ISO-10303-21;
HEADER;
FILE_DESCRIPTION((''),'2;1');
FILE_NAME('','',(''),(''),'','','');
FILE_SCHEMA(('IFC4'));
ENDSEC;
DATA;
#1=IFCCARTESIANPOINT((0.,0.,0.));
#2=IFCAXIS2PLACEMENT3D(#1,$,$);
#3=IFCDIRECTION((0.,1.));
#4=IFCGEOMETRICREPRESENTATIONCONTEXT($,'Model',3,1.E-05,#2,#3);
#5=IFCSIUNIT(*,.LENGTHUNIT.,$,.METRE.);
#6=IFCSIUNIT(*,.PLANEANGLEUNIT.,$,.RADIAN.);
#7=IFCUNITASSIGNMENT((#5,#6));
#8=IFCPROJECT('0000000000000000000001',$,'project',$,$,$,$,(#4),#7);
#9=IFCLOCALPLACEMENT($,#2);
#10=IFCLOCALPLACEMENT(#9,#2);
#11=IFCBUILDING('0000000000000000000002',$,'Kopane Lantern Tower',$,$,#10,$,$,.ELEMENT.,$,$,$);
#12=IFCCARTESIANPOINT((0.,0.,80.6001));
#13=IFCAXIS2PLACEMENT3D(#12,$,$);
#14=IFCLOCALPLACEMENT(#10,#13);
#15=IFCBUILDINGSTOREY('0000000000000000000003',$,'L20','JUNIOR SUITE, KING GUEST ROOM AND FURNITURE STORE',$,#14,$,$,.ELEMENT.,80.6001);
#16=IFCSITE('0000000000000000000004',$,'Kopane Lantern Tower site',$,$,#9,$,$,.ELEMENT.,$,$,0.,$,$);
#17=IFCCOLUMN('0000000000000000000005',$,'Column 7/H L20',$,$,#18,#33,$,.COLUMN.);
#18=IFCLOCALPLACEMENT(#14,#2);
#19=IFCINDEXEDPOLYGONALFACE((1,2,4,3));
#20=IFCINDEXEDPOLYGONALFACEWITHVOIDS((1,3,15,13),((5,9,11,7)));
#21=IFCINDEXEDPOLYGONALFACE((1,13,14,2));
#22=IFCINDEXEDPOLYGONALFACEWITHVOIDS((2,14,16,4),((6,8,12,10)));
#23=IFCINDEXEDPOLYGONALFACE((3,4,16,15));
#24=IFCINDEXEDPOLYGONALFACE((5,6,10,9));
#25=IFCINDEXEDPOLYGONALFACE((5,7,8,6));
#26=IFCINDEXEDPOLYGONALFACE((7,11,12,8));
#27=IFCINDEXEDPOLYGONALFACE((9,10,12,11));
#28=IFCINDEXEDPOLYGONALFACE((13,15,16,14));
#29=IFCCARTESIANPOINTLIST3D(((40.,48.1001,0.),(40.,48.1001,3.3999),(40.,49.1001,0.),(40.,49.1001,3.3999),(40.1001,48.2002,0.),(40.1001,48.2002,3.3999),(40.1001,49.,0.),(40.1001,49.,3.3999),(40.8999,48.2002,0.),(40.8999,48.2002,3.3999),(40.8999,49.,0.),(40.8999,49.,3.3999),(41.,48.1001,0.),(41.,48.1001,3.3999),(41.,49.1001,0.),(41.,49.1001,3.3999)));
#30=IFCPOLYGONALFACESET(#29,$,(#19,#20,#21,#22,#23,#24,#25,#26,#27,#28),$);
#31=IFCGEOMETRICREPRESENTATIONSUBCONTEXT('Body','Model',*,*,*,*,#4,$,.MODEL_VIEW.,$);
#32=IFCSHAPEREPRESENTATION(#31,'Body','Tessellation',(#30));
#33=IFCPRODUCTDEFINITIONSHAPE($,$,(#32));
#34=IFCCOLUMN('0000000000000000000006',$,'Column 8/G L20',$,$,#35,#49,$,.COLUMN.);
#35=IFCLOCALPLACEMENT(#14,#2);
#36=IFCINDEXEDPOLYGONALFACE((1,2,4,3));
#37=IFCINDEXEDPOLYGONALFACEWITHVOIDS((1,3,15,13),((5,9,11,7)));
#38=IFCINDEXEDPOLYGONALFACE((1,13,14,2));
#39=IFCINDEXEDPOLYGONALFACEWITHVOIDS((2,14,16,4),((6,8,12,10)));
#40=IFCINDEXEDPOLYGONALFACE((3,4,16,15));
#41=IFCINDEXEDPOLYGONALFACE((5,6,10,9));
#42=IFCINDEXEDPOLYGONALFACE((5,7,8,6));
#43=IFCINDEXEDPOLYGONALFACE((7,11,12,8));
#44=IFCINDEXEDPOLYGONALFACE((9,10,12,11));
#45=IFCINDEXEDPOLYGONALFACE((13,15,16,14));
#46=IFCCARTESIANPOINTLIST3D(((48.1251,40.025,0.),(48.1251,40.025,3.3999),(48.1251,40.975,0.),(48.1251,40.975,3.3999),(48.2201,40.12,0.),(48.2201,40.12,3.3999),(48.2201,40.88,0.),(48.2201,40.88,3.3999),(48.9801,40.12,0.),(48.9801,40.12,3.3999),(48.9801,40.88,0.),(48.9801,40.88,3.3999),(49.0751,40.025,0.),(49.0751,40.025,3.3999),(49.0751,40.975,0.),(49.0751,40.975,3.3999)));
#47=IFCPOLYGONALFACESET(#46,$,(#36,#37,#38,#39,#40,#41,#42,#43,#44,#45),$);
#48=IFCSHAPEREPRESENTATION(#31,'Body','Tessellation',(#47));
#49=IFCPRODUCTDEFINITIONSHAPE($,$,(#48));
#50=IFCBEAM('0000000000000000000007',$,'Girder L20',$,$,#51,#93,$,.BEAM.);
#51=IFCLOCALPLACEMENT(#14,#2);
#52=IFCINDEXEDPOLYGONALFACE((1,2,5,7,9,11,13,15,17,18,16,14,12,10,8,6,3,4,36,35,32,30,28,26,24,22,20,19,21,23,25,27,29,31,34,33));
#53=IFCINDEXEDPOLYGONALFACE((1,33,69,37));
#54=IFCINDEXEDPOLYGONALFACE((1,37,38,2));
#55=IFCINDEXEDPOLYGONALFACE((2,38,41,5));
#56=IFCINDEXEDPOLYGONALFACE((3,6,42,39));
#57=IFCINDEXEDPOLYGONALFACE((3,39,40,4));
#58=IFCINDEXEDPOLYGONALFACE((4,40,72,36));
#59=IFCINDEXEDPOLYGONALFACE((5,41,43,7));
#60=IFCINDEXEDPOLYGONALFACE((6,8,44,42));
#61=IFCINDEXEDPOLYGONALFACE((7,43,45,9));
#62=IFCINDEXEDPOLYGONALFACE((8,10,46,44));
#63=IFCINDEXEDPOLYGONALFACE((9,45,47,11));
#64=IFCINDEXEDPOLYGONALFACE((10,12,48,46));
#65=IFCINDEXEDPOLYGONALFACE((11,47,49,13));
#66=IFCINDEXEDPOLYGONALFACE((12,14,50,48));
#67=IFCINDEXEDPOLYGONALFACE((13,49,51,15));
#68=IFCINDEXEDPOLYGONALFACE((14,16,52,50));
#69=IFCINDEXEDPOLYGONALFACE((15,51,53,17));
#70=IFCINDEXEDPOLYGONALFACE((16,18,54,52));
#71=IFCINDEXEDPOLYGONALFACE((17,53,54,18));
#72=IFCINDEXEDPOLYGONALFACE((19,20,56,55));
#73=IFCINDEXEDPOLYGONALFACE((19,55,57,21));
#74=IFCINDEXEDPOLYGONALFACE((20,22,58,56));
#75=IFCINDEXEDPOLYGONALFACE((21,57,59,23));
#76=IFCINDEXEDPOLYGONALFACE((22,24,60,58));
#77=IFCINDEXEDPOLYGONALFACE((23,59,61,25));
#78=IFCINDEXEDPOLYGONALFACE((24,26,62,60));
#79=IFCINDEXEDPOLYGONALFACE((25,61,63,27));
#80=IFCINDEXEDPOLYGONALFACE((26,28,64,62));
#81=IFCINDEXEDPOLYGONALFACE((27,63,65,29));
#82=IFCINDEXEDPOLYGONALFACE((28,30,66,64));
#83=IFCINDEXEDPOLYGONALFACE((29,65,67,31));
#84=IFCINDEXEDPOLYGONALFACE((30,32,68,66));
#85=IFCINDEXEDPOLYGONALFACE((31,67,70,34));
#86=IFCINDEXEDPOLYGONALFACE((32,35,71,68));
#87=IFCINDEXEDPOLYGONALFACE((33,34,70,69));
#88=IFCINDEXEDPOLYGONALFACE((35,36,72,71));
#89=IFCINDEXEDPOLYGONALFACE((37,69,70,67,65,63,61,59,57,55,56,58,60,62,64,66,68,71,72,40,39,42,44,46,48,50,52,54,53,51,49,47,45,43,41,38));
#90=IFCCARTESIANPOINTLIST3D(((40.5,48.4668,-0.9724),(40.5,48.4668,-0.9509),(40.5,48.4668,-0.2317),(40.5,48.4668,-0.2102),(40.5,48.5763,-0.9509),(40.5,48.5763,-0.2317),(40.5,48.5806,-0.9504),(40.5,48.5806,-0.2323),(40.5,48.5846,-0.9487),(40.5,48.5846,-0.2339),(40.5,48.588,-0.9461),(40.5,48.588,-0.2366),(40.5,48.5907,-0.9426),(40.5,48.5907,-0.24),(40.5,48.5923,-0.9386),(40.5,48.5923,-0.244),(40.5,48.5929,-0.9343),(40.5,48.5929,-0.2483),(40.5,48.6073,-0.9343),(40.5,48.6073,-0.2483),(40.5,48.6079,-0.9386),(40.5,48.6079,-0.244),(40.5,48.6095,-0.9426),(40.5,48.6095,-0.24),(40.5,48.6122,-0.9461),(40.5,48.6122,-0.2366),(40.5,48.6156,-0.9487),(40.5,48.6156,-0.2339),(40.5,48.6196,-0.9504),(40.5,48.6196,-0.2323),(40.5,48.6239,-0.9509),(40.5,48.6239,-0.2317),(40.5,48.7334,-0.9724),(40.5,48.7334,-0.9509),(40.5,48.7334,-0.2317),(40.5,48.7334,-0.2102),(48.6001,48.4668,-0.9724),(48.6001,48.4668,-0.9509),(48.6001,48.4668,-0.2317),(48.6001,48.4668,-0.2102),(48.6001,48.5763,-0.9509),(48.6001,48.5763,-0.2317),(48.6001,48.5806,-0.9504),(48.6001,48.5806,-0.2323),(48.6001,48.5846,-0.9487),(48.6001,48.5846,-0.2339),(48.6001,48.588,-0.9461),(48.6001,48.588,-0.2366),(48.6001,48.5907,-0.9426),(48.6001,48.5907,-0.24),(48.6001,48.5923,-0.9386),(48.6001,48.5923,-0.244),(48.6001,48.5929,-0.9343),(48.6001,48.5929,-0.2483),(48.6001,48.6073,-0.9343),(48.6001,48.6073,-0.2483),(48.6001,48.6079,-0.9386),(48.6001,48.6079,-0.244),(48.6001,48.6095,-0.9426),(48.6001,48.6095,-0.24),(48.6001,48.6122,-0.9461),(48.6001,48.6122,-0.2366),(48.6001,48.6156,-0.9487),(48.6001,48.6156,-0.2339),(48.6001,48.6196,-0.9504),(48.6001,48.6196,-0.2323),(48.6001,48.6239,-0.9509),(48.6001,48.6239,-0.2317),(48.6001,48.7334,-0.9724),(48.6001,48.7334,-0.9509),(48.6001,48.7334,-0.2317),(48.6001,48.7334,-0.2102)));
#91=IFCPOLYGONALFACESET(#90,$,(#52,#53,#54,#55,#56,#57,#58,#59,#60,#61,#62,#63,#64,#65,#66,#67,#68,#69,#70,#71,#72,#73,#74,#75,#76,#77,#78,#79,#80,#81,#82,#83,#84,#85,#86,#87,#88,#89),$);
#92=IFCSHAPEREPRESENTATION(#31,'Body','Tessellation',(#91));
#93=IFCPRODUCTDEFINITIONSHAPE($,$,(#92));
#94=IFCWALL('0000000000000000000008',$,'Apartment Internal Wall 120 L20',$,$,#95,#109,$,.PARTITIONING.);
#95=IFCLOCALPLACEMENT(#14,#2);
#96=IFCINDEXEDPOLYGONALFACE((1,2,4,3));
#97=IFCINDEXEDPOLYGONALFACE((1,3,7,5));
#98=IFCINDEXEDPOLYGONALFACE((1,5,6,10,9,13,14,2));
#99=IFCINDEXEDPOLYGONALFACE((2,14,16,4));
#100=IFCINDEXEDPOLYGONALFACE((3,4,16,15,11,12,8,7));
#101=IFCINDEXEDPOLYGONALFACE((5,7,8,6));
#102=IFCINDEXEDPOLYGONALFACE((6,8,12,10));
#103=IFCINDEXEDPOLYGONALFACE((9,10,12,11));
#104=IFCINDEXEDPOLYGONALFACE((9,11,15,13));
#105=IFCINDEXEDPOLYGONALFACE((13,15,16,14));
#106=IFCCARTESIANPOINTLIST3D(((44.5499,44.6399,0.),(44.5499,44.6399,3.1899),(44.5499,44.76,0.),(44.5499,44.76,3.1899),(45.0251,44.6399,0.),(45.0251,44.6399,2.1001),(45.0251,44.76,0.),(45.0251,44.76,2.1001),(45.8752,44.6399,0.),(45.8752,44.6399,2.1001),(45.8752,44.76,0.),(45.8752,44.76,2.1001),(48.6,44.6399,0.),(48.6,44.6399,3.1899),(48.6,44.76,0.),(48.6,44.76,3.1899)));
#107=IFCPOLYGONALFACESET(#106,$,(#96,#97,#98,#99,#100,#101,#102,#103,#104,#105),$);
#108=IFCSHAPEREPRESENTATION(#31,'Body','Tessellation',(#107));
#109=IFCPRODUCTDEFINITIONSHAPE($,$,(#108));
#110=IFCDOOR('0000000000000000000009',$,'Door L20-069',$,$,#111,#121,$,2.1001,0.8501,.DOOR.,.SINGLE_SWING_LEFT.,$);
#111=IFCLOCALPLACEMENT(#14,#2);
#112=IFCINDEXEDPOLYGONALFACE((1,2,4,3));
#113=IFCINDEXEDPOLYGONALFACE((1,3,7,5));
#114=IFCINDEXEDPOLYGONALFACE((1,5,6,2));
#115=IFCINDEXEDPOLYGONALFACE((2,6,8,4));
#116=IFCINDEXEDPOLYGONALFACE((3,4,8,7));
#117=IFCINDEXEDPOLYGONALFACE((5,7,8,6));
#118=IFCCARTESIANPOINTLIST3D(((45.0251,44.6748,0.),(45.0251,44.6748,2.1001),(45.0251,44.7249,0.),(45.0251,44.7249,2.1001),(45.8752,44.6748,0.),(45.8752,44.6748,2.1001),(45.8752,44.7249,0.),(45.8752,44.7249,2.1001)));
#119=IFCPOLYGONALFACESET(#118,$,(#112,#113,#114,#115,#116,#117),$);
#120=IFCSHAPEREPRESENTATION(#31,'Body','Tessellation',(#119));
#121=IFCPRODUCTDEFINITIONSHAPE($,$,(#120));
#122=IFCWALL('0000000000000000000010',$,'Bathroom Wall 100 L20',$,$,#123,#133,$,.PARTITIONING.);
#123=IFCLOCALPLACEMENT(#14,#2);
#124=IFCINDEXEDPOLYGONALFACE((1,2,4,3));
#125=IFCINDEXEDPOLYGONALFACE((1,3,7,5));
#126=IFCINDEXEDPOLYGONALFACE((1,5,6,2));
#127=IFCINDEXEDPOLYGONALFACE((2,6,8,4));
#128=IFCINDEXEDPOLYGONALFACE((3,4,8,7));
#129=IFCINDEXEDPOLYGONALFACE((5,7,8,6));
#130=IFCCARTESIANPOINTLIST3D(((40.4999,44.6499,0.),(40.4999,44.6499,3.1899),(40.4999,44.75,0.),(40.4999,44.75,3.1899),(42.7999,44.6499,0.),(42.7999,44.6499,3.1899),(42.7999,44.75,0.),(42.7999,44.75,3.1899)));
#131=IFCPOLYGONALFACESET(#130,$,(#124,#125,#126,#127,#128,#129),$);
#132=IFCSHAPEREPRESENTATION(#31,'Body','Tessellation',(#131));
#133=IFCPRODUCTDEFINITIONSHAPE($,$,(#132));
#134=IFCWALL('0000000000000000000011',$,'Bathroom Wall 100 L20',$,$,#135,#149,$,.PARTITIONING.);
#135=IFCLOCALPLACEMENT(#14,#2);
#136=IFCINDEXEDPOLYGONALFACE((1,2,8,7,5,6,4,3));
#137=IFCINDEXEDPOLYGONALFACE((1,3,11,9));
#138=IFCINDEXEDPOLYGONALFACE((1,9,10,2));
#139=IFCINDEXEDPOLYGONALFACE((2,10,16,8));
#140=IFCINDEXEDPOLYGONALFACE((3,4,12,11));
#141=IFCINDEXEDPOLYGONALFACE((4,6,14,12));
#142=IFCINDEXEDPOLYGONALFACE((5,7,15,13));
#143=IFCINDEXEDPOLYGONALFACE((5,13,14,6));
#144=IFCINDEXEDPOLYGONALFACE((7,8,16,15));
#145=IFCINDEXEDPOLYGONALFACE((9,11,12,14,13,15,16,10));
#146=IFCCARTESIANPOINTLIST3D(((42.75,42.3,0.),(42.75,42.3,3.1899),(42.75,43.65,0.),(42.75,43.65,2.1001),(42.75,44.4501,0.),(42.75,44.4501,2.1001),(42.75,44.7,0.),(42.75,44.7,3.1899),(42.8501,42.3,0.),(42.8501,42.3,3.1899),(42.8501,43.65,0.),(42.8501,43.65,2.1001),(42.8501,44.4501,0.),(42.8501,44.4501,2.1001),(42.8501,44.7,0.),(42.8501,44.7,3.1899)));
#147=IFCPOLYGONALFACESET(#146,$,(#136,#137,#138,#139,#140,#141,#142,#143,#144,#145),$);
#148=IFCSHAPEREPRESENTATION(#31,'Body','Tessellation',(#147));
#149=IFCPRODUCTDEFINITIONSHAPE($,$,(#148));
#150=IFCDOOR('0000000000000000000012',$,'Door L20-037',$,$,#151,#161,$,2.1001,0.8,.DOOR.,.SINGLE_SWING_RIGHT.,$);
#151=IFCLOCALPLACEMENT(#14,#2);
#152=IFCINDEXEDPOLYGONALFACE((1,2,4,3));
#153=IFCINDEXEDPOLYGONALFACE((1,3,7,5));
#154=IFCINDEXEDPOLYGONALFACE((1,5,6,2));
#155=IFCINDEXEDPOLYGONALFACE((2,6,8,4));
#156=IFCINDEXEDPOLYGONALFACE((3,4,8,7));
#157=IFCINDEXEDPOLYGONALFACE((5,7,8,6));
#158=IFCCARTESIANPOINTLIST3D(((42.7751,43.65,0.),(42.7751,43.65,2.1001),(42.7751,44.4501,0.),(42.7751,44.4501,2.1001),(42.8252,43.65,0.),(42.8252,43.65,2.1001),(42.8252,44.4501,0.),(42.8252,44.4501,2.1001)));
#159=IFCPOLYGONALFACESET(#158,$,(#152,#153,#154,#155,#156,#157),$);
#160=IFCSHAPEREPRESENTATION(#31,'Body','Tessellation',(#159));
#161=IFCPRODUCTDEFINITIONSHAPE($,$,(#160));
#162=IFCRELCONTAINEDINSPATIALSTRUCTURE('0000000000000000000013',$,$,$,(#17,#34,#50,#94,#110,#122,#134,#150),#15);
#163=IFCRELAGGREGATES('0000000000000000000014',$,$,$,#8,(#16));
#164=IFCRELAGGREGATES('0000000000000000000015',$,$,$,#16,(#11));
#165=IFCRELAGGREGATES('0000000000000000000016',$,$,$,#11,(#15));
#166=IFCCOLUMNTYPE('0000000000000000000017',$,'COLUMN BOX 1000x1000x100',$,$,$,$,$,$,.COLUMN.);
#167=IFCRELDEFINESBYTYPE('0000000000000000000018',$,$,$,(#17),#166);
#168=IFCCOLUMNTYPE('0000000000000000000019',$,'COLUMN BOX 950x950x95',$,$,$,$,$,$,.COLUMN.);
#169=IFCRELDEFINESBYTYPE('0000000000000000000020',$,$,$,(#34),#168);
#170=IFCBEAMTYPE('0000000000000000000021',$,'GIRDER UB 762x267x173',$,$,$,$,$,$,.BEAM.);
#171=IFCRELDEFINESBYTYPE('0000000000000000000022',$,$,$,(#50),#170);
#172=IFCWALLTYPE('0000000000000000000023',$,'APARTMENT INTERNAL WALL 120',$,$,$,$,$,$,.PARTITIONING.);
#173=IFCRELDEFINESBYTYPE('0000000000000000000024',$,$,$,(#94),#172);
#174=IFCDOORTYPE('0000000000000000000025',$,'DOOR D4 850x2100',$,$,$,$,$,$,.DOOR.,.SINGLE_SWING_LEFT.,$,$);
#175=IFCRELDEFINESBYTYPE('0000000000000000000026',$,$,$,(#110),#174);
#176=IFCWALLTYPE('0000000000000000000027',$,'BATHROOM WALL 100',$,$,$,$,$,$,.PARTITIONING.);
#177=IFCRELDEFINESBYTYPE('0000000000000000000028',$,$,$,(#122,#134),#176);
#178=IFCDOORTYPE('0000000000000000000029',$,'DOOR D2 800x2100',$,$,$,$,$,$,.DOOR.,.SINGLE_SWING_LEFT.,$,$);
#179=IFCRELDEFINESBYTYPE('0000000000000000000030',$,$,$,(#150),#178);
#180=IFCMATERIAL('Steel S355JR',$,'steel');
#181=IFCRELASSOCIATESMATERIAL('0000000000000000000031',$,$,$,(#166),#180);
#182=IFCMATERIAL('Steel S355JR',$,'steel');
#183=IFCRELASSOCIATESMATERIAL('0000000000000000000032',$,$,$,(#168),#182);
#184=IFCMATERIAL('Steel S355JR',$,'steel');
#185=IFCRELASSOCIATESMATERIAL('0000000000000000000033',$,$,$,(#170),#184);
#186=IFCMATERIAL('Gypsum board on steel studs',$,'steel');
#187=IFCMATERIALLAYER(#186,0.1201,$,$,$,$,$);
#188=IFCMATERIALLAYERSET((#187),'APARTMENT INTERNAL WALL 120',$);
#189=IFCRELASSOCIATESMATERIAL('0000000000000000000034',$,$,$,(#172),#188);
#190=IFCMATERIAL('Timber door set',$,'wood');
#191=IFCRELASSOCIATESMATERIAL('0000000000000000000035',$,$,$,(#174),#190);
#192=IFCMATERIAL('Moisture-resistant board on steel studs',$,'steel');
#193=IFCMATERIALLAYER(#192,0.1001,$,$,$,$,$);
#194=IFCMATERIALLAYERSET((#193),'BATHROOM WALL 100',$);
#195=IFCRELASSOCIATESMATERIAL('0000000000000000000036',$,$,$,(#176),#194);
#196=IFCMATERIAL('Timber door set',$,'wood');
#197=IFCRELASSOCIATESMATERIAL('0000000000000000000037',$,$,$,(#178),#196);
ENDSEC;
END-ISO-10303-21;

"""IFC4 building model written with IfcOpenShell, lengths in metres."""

from ifc_helpers import new_model, si_unit, direction, frame, frame_2d, origin, origin_2d, place, context, subcontext, project, spatial, rectangle, hollow_rectangle, i_section, extrude, material, layer, layer_set, material_profile, profile_set, type_object, element, fill, save


model = new_model("IFC4")

# Units and contexts
model_context = context("Model", 3, precision=1e-05, world=origin(), true_north=direction((0.0, 1.0)))
body_context = subcontext(model_context, "Body", "Model", "MODEL_VIEW")
ifc_project = project(units=[si_unit("LENGTHUNIT", "METRE"), si_unit("PLANEANGLEUNIT", "RADIAN")], contexts=[model_context])

# Site, building, storey
site_placement = place(None, origin())
site = spatial("IfcSite", under=ifc_project, at=site_placement, Name="Kopane Lantern Tower site", CompositionType="ELEMENT", RefElevation=0.0)
building_placement = place(site_placement, origin())
building = spatial("IfcBuilding", under=site, at=building_placement, Name="Kopane Lantern Tower", CompositionType="ELEMENT")
storey_placement = place(building_placement, frame((0.0, 0.0, 80.6001)))
storey = spatial("IfcBuildingStorey", under=building, at=storey_placement, Name="L20", Description="JUNIOR SUITE, KING GUEST ROOM AND FURNITURE STORE", CompositionType="ELEMENT", Elevation=80.6001)

# Columns
ifc_material_1 = material(Name="Steel S355JR", Category="steel")
ifc_material_profile_1 = material_profile(ifc_material_1, hollow_rectangle(XDim=1.0, YDim=1.0, WallThickness=0.1001, at=origin_2d()), Name="BOX 1000x1000x100")
ifc_profile_set_1 = profile_set([ifc_material_profile_1], Name="Steel S355JR")
column_type_1 = type_object("IfcColumnType", Name="COLUMN BOX 1000x1000x100", PredefinedType="COLUMN", material=ifc_profile_set_1)
column_1_placement = place(storey_placement, frame((40.5, 48.6001, 0.0), z_axis=(0.0, 0.0, 1.0), x_axis=(1.0, 0.0, 0.0)))
element("IfcColumn", 1, at=column_1_placement, inside=storey, type_object=column_type_1, Name="Column 7/H L20", PredefinedType="COLUMN", context=body_context, shape_type="SweptSolid", body=[
    extrude(hollow_rectangle(XDim=1.0, YDim=1.0, WallThickness=0.1001, at=origin_2d()), origin(), (0.0, 0.0, 1.0), 3.3999),
])
ifc_material_2 = material(Name="Steel S355JR", Category="steel")
ifc_material_profile_2 = material_profile(ifc_material_2, hollow_rectangle(XDim=0.95, YDim=0.95, WallThickness=0.095, at=origin_2d()), Name="BOX 950x950x95")
ifc_profile_set_2 = profile_set([ifc_material_profile_2], Name="Steel S355JR")
column_type_2 = type_object("IfcColumnType", Name="COLUMN BOX 950x950x95", PredefinedType="COLUMN", material=ifc_profile_set_2)
column_2_placement = place(storey_placement, frame((48.6001, 40.5, 0.0), z_axis=(0.0, 0.0, 1.0), x_axis=(1.0, 0.0, 0.0)))
element("IfcColumn", 2, at=column_2_placement, inside=storey, type_object=column_type_2, Name="Column 8/G L20", PredefinedType="COLUMN", context=body_context, shape_type="SweptSolid", body=[
    extrude(hollow_rectangle(XDim=0.95, YDim=0.95, WallThickness=0.095, at=origin_2d()), origin(), (0.0, 0.0, 1.0), 3.3999),
])

# Beam
ifc_material_3 = material(Name="Steel S355JR", Category="steel")
ifc_material_profile_3 = material_profile(ifc_material_3, i_section(OverallWidth=0.2666, OverallDepth=0.7622, WebThickness=0.0144, FlangeThickness=0.0215, FilletRadius=0.0166, at=origin_2d()), Name="UB 762x267x173")
ifc_profile_set_3 = profile_set([ifc_material_profile_3], Name="Steel S355JR")
beam_type = type_object("IfcBeamType", Name="GIRDER UB 762x267x173", PredefinedType="BEAM", material=ifc_profile_set_3)
beam_placement = place(storey_placement, frame((40.5, 48.6001, -0.5913), z_axis=(1.0, 0.0, 0.0), x_axis=(0.0, 1.0, 0.0)))
element("IfcBeam", 3, at=beam_placement, inside=storey, type_object=beam_type, Name="Girder L20", PredefinedType="BEAM", context=body_context, shape_type="SweptSolid", body=[
    extrude(i_section(OverallWidth=0.2666, OverallDepth=0.7622, WebThickness=0.0144, FlangeThickness=0.0215, FilletRadius=0.0166, at=origin_2d()), origin(), (0.0, 0.0, 1.0), 8.1001),
])

# Wall, opening, door
ifc_material_4 = material(Name="Gypsum board on steel studs", Category="steel")
ifc_layer_1 = layer(ifc_material_4, 0.1201)
ifc_layer_set_1 = layer_set([ifc_layer_1], Name="APARTMENT INTERNAL WALL 120")
wall_type_1 = type_object("IfcWallType", Name="APARTMENT INTERNAL WALL 120", PredefinedType="PARTITIONING", material=ifc_layer_set_1)
wall_1_placement = place(storey_placement, frame((44.55, 44.7, 0.0), z_axis=(0.0, 0.0, 1.0), x_axis=(1.0, 0.0, 0.0)))
wall_1 = element("IfcWall", 4, at=wall_1_placement, inside=storey, type_object=wall_type_1, Name="Apartment Internal Wall 120 L20", PredefinedType="PARTITIONING", context=body_context, shape_type="SweptSolid", body=[
    extrude(rectangle(XDim=4.05, YDim=0.1201, at=frame_2d((2.0249, 0.0))), origin(), (0.0, 0.0, 1.0), 3.1899),
])
opening_1_placement = place(wall_1_placement, frame((0.4751, 0.0, 0.0)))
opening_1 = element("IfcOpeningElement", 5, at=opening_1_placement, cuts=wall_1, PredefinedType="OPENING", context=body_context, shape_type="SweptSolid", body=[
    extrude(rectangle(XDim=0.8501, YDim=2.1001, at=frame_2d((0.425, 1.05))), frame((0.0, 0.0701, 0.0), z_axis=(0.0, -1.0, 0.0), x_axis=(1.0, 0.0, 0.0)), (0.0, 0.0, 1.0), 0.1401),
])
ifc_material_5 = material(Name="Timber door set", Category="wood")
door_type_1 = type_object("IfcDoorType", Name="DOOR D4 850x2100", OperationType="SINGLE_SWING_LEFT", PredefinedType="DOOR", material=ifc_material_5)
door_1_placement = place(opening_1_placement, origin())
door_1 = element("IfcDoor", 6, at=door_1_placement, inside=storey, type_object=door_type_1, Name="Door L20-069", OperationType="SINGLE_SWING_LEFT", OverallHeight=2.1001, OverallWidth=0.8501, PredefinedType="DOOR", context=body_context, shape_type="SweptSolid", body=[
    extrude(rectangle(XDim=0.8501, YDim=2.1001, at=frame_2d((0.425, 1.05))), frame((0.0, 0.0249, 0.0), z_axis=(0.0, -1.0, 0.0), x_axis=(1.0, 0.0, 0.0)), (0.0, 0.0, 1.0), 0.05),
])
fill(opening_1, door_1)

# Wall
ifc_material_6 = material(Name="Moisture-resistant board on steel studs", Category="steel")
ifc_layer_2 = layer(ifc_material_6, 0.1001)
ifc_layer_set_2 = layer_set([ifc_layer_2], Name="BATHROOM WALL 100")
wall_type_2 = type_object("IfcWallType", Name="BATHROOM WALL 100", PredefinedType="PARTITIONING", material=ifc_layer_set_2)
wall_2_placement = place(storey_placement, frame((40.5, 44.7, 0.0), z_axis=(0.0, 0.0, 1.0), x_axis=(1.0, 0.0, 0.0)))
element("IfcWall", 7, at=wall_2_placement, inside=storey, type_object=wall_type_2, Name="Bathroom Wall 100 L20", PredefinedType="PARTITIONING", context=body_context, shape_type="SweptSolid", body=[
    extrude(rectangle(XDim=2.3, YDim=0.1001, at=frame_2d((1.1499, 0.0))), origin(), (0.0, 0.0, 1.0), 3.1899),
])

# Wall, opening, door
wall_3_placement = place(storey_placement, frame((42.8, 42.3, 0.0), z_axis=(0.0, 0.0, 1.0), x_axis=(0.0, 1.0, 0.0)))
wall_3 = element("IfcWall", 8, at=wall_3_placement, inside=storey, type_object=wall_type_2, Name="Bathroom Wall 100 L20", PredefinedType="PARTITIONING", context=body_context, shape_type="SweptSolid", body=[
    extrude(rectangle(XDim=2.3999, YDim=0.1001, at=frame_2d((1.2, 0.0))), origin(), (0.0, 0.0, 1.0), 3.1899),
])
opening_2_placement = place(wall_3_placement, frame((1.3501, 0.0, 0.0)))
opening_2 = element("IfcOpeningElement", 9, at=opening_2_placement, cuts=wall_3, PredefinedType="OPENING", context=body_context, shape_type="SweptSolid", body=[
    extrude(rectangle(XDim=0.8, YDim=2.1001, at=frame_2d((0.3999, 1.05))), frame((0.0, 0.0601, 0.0), z_axis=(0.0, -1.0, 0.0), x_axis=(1.0, 0.0, 0.0)), (0.0, 0.0, 1.0), 0.1201),
])
ifc_material_7 = material(Name="Timber door set", Category="wood")
door_type_2 = type_object("IfcDoorType", Name="DOOR D2 800x2100", OperationType="SINGLE_SWING_LEFT", PredefinedType="DOOR", material=ifc_material_7)
door_2_placement = place(opening_2_placement, origin())
door_2 = element("IfcDoor", 10, at=door_2_placement, inside=storey, type_object=door_type_2, Name="Door L20-037", OperationType="SINGLE_SWING_RIGHT", OverallHeight=2.1001, OverallWidth=0.8, PredefinedType="DOOR", context=body_context, shape_type="SweptSolid", body=[
    extrude(rectangle(XDim=0.8, YDim=2.1001, at=frame_2d((0.3999, 1.05))), frame((0.0, 0.0249, 0.0), z_axis=(0.0, -1.0, 0.0), x_axis=(1.0, 0.0, 0.0)), (0.0, 0.0, 1.0), 0.05),
])
fill(opening_2, door_2)

save(model, "model.ifc")
